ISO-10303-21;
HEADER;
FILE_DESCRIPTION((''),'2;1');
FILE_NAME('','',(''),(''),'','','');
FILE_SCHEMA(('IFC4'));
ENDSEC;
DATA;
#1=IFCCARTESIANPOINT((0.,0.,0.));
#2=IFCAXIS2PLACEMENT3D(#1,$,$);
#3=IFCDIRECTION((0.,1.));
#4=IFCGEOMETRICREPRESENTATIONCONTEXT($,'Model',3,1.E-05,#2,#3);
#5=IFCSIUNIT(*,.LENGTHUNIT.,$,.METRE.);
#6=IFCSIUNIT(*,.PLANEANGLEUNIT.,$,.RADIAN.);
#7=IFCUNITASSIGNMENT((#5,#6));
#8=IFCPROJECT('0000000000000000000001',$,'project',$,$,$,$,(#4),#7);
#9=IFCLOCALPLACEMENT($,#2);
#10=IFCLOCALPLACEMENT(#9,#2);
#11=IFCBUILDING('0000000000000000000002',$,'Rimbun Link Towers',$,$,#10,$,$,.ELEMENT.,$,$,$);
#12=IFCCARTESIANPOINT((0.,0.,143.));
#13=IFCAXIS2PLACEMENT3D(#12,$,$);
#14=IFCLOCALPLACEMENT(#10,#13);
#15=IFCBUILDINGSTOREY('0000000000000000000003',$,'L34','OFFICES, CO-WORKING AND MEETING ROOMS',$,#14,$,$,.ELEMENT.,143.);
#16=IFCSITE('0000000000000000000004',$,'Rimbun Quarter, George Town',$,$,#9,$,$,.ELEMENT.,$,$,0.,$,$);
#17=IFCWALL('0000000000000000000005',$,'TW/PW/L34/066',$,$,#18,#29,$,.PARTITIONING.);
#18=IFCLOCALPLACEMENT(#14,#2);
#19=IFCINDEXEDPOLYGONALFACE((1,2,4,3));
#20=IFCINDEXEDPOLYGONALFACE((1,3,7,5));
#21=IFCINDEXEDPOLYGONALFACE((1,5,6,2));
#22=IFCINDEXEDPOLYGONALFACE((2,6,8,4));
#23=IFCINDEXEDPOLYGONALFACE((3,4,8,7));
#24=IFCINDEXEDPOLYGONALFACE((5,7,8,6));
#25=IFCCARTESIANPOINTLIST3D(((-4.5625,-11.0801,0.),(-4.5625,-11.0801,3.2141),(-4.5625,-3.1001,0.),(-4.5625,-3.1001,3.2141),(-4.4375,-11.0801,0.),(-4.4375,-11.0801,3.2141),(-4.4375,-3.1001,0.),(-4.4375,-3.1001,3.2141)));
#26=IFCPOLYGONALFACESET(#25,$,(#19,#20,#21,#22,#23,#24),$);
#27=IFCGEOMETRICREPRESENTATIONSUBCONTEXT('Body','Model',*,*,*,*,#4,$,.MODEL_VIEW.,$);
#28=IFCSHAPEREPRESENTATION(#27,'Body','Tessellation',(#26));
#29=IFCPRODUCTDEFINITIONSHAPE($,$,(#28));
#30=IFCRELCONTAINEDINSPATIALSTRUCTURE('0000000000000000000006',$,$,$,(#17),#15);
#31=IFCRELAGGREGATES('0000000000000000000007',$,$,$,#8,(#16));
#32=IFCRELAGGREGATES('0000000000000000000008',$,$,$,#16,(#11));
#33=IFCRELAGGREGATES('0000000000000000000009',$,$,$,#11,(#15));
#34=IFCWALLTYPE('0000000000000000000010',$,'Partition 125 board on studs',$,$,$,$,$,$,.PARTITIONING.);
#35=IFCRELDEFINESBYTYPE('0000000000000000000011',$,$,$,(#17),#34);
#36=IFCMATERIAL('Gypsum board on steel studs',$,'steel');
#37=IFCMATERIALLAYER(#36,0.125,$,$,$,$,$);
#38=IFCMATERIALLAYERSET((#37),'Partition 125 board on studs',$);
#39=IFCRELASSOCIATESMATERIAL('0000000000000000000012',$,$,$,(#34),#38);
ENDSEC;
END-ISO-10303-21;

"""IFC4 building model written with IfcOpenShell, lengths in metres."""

from ifc_helpers import new_model, si_unit, direction, frame, frame_2d, origin, place, context, subcontext, project, spatial, rectangle, extrude, material, layer, layer_set, type_object, element, save


model = new_model("IFC4")

# Units and contexts
model_context = context("Model", 3, precision=1e-05, world=origin(), true_north=direction((0.0, 1.0)))
body_context = subcontext(model_context, "Body", "Model", "MODEL_VIEW")
ifc_project = project(units=[si_unit("LENGTHUNIT", "METRE"), si_unit("PLANEANGLEUNIT", "RADIAN")], contexts=[model_context])

# Site, building, storey
site_placement = place(None, origin())
site = spatial("IfcSite", under=ifc_project, at=site_placement, Name="Rimbun Quarter, George Town", CompositionType="ELEMENT", RefElevation=0.0)
building_placement = place(site_placement, origin())
building = spatial("IfcBuilding", under=site, at=building_placement, Name="Rimbun Link Towers", CompositionType="ELEMENT")
storey_placement = place(building_placement, frame((0.0, 0.0, 143.0)))
storey = spatial("IfcBuildingStorey", under=building, at=storey_placement, Name="L34", Description="OFFICES, CO-WORKING AND MEETING ROOMS", CompositionType="ELEMENT", Elevation=143.0)

# Wall
ifc_material_1 = material(Name="Gypsum board on steel studs", Category="steel")
ifc_layer_1 = layer(ifc_material_1, 0.125)
ifc_layer_set_1 = layer_set([ifc_layer_1], Name="Partition 125 board on studs")
wall_type_1 = type_object("IfcWallType", Name="Partition 125 board on studs", PredefinedType="PARTITIONING", material=ifc_layer_set_1)
wall_1_placement = place(storey_placement, frame((-4.5, -11.0801, 0.0), z_axis=(0.0, 0.0, 1.0), x_axis=(0.0, 1.0, 0.0)))
element("IfcWall", 1, at=wall_1_placement, inside=storey, type_object=wall_type_1, Name="TW/PW/L34/066", PredefinedType="PARTITIONING", context=body_context, shape_type="SweptSolid", body=[
    extrude(rectangle(XDim=7.98, YDim=0.125, at=frame_2d((3.99, 0.0))), origin(), (0.0, 0.0, 1.0), 3.2141),
])

save(model, "model.ifc")
